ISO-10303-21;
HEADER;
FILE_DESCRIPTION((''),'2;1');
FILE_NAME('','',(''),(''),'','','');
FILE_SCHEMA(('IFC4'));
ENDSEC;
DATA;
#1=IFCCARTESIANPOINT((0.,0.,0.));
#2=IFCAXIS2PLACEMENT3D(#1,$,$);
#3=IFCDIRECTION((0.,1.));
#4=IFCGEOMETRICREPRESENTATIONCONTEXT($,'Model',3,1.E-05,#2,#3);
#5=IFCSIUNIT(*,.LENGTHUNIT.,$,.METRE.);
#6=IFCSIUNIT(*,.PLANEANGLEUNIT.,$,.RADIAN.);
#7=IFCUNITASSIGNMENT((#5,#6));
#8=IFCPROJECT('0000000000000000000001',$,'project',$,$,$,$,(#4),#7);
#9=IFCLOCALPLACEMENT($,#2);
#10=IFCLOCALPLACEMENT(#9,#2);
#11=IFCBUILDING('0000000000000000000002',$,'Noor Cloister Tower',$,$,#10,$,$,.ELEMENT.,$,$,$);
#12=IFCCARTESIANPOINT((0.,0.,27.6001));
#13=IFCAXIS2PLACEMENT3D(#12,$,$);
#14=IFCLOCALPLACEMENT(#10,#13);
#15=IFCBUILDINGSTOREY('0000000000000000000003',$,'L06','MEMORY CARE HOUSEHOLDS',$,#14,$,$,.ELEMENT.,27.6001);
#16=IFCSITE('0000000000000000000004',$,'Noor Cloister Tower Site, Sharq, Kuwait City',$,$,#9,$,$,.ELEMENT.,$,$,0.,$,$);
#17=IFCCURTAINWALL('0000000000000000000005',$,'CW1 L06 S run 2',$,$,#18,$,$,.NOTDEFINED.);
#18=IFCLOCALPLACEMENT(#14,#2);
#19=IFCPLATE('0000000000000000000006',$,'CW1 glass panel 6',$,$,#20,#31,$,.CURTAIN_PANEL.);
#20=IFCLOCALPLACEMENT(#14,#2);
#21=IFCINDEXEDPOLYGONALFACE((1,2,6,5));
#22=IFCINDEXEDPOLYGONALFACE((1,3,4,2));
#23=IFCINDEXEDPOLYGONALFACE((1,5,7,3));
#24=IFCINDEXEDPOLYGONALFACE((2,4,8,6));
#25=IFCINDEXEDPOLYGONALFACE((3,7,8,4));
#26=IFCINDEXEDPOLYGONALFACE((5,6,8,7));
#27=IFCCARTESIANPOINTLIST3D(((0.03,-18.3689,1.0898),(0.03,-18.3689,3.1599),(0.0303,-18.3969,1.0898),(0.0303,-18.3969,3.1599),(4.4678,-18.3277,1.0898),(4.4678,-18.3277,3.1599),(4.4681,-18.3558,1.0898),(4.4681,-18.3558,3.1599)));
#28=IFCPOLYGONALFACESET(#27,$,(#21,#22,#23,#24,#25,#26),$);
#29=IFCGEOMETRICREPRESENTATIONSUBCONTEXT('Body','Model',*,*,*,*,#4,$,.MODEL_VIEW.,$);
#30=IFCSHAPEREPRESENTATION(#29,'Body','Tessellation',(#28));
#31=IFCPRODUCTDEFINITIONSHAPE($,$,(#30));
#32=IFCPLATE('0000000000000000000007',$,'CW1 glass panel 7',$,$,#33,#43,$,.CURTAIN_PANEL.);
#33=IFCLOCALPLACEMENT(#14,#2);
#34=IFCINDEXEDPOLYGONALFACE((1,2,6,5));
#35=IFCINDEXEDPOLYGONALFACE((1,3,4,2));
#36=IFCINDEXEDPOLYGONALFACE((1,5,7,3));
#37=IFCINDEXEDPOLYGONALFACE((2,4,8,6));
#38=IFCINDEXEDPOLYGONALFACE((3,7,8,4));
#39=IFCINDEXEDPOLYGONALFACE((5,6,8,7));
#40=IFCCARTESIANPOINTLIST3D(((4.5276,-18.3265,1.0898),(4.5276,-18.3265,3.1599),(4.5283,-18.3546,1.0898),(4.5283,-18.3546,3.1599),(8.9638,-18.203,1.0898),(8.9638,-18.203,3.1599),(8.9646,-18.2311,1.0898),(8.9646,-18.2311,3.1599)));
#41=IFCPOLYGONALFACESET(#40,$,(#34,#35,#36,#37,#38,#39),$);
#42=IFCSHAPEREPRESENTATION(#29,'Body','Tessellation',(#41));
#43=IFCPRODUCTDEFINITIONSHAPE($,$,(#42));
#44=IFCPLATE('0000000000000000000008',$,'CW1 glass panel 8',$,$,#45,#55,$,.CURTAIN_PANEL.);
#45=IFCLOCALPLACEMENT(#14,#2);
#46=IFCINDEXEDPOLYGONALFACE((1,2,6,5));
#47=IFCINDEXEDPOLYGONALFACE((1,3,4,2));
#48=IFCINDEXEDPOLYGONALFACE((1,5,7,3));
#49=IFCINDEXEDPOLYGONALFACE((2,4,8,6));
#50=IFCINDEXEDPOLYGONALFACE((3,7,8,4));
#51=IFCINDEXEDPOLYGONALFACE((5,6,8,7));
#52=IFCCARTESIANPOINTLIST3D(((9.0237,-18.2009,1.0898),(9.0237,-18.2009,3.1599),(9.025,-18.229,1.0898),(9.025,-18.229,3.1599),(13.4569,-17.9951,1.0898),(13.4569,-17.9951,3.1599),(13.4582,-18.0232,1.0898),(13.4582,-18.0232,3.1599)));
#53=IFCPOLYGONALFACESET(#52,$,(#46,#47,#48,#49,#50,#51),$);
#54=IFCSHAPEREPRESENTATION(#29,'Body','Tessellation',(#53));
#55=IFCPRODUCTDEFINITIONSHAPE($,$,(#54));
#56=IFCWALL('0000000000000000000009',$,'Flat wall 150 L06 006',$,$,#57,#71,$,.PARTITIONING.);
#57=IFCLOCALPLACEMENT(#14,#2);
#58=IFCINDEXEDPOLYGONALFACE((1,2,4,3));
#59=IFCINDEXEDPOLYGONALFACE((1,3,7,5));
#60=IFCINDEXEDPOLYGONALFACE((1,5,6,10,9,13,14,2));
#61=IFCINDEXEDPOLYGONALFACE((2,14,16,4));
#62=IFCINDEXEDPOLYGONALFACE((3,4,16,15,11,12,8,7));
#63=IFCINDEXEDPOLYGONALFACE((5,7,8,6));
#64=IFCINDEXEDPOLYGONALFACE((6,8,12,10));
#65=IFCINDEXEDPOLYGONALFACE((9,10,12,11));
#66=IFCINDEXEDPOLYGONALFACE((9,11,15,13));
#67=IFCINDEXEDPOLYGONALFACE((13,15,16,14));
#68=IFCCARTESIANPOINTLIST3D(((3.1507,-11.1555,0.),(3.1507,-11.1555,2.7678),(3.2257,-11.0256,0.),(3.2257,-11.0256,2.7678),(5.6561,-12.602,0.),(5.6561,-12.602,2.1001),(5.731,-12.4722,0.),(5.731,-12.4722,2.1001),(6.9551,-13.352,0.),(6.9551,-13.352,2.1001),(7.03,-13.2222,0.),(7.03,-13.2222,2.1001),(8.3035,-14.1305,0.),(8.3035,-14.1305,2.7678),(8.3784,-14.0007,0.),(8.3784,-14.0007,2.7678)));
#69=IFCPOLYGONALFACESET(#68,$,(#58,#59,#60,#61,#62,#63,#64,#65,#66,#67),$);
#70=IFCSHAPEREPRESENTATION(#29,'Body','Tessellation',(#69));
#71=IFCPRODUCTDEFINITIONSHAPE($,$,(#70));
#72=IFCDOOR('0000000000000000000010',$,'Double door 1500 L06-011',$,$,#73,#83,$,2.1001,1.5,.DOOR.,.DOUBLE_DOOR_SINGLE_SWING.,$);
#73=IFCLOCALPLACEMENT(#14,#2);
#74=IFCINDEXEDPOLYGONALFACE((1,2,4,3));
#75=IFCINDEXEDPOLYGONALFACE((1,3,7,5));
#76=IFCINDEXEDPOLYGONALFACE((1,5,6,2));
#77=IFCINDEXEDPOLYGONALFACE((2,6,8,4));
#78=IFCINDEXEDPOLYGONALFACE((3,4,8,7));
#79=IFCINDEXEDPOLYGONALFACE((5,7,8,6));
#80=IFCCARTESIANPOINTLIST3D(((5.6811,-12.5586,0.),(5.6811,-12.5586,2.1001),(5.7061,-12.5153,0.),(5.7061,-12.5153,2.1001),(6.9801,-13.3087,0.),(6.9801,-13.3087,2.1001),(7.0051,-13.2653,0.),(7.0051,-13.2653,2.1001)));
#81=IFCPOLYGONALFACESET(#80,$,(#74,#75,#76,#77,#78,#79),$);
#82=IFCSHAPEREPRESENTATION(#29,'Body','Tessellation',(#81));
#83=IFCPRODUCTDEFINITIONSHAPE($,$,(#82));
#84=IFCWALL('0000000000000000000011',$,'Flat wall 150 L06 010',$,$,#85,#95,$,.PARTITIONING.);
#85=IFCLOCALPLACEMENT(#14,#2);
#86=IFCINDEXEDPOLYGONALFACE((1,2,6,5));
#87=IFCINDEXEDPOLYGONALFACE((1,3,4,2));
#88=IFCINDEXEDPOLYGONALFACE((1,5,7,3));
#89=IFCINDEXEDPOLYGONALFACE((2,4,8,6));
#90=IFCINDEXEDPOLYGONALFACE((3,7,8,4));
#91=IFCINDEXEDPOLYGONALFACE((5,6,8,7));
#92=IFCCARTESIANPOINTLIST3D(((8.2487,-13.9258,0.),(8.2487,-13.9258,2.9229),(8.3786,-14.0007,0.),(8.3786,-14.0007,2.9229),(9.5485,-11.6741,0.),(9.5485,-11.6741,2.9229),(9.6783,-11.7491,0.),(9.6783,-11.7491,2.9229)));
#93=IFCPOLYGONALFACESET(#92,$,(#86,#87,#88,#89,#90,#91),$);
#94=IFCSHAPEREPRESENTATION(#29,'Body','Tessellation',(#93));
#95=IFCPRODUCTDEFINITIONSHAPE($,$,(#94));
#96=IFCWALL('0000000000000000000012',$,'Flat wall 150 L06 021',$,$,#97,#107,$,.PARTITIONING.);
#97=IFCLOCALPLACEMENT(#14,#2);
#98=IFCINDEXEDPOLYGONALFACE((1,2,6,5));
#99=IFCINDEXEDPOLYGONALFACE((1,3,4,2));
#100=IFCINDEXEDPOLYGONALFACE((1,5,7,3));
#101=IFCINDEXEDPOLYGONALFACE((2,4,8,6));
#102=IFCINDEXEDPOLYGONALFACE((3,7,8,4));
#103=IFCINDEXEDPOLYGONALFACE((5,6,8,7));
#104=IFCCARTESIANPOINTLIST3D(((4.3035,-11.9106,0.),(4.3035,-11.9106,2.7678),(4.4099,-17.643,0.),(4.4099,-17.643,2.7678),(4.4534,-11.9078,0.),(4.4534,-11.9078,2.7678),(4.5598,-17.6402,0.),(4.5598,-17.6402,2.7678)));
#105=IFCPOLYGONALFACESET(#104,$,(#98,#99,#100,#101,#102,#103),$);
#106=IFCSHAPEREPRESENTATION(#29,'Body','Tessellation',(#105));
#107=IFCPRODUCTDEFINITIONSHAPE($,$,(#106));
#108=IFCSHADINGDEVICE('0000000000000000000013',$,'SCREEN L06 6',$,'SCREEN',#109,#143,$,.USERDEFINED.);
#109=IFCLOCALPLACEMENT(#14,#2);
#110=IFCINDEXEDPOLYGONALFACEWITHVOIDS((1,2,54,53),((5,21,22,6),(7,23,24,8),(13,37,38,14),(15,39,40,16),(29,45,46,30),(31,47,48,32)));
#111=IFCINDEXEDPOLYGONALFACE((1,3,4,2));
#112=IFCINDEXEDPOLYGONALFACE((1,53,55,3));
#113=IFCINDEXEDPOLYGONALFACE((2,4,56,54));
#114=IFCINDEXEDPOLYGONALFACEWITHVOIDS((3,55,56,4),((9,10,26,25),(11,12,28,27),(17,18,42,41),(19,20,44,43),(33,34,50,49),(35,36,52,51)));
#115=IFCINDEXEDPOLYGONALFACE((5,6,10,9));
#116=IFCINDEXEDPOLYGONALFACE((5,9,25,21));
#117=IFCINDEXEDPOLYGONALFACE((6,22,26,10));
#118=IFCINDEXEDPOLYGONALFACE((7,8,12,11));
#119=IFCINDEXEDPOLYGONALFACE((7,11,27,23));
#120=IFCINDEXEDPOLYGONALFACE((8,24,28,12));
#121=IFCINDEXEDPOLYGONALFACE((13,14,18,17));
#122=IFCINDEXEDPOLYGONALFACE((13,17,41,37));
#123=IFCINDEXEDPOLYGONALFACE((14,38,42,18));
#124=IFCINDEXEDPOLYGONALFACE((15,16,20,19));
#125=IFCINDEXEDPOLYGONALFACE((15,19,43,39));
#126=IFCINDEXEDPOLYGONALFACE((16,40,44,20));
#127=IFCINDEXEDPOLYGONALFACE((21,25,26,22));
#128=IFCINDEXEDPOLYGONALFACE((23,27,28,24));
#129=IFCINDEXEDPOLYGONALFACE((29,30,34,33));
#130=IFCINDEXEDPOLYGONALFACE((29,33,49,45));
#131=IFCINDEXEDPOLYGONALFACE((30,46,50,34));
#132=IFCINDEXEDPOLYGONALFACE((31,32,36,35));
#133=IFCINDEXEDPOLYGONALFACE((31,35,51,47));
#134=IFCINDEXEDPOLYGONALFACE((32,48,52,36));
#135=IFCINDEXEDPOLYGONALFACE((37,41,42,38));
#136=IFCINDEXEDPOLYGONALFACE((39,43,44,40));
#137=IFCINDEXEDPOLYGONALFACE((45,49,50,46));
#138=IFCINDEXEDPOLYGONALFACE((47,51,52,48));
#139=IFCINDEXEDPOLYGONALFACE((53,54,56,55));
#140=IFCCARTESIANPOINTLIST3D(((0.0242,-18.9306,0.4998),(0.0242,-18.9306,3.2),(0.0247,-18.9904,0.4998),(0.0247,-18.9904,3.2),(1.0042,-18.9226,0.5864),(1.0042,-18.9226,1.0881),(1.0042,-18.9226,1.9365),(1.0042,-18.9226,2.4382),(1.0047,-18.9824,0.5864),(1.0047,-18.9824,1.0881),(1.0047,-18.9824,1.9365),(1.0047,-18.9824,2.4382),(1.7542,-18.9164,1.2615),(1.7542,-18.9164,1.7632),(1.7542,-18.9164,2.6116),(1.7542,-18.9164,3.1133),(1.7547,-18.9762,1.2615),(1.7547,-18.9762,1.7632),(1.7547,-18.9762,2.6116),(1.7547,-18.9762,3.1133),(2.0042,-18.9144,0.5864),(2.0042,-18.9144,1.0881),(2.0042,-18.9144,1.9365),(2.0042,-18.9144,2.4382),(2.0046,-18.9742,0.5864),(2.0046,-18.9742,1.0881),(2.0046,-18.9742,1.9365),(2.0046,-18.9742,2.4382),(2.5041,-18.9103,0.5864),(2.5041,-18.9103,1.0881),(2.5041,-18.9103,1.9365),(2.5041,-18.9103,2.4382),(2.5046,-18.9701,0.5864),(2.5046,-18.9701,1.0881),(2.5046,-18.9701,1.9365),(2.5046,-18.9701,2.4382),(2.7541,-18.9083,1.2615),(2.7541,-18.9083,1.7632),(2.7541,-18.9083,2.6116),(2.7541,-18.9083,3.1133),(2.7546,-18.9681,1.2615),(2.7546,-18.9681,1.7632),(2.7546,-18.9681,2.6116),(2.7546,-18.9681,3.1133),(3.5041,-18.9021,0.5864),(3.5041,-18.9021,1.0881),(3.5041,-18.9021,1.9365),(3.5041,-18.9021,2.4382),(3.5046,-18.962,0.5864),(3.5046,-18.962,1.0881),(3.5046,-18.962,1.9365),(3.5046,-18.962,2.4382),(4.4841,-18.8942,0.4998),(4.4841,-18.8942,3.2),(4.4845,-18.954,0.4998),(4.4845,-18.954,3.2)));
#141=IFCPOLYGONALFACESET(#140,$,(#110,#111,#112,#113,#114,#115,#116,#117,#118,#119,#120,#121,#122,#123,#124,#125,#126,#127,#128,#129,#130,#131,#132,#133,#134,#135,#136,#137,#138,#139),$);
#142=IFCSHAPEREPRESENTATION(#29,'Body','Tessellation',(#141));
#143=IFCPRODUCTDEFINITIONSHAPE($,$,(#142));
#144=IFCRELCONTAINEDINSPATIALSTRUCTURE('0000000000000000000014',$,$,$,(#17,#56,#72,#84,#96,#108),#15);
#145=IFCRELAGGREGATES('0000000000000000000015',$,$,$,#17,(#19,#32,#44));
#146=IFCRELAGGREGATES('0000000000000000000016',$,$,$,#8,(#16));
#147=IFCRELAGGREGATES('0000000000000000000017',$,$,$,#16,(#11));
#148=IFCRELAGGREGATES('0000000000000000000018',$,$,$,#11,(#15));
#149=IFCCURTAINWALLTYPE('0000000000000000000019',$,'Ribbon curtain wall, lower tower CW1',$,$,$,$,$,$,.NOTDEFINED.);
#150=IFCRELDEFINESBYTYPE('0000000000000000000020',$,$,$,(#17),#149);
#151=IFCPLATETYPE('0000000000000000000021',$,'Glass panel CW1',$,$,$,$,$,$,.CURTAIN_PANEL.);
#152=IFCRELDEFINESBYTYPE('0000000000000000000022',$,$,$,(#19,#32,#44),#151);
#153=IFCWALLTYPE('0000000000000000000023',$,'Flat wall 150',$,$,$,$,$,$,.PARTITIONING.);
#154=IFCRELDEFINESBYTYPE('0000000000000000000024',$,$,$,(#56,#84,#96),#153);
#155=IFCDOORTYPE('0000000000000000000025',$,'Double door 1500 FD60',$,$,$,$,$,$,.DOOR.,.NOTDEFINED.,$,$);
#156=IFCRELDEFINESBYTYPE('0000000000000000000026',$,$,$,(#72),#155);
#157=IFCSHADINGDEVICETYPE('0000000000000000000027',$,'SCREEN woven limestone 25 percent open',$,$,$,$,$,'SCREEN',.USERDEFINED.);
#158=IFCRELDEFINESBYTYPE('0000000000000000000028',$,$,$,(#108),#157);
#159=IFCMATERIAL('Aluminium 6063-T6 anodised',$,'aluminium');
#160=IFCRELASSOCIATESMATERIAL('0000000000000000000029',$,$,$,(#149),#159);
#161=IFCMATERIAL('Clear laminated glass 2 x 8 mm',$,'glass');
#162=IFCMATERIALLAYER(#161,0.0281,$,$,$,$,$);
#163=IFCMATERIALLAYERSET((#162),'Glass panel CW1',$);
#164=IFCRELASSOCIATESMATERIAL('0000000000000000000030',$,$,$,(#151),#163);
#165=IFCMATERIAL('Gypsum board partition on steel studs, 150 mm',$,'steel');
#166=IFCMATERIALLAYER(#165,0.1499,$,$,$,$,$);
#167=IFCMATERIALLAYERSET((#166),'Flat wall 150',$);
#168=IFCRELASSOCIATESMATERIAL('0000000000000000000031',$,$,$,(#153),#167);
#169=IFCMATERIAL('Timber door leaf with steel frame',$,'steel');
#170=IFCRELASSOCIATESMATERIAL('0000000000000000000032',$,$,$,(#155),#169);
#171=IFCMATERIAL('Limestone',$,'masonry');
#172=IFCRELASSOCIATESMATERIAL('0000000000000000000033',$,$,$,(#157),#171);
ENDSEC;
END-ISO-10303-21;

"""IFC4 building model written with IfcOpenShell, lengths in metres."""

from ifc_helpers import new_model, si_unit, direction, frame, frame_2d, origin, origin_2d, place, context, subcontext, project, spatial, polyline, rectangle, outline, extrude, material, layer, layer_set, material_profile, profile_set, type_object, element, fill, aggregate, save


model = new_model("IFC4")

# Units and contexts
model_context = context("Model", 3, precision=1e-05, world=origin(), true_north=direction((0.0, 1.0)))
body_context = subcontext(model_context, "Body", "Model", "MODEL_VIEW")
ifc_project = project(units=[si_unit("LENGTHUNIT", "METRE"), si_unit("PLANEANGLEUNIT", "RADIAN")], contexts=[model_context])

# Site, building, storey
site_placement = place(None, origin())
site = spatial("IfcSite", under=ifc_project, at=site_placement, Name="Noor Cloister Tower Site, Sharq, Kuwait City", CompositionType="ELEMENT", RefElevation=0.0)
building_placement = place(site_placement, origin())
building = spatial("IfcBuilding", under=site, at=building_placement, Name="Noor Cloister Tower", CompositionType="ELEMENT")
storey_placement = place(building_placement, frame((0.0, 0.0, 27.6001)))
storey = spatial("IfcBuildingStorey", under=building, at=storey_placement, Name="L06", Description="MEMORY CARE HOUSEHOLDS", CompositionType="ELEMENT", Elevation=27.6001)

# Curtain wall
ifc_material_1 = material(Name="Aluminium 6063-T6 anodised", Category="aluminium")
curtain_wall_type = type_object("IfcCurtainWallType", Name="Ribbon curtain wall, lower tower CW1", PredefinedType="NOTDEFINED", material=ifc_material_1)
curtain_wall_placement = place(storey_placement, origin())
curtain_wall = element("IfcCurtainWall", 1, at=curtain_wall_placement, inside=storey, type_object=curtain_wall_type, Name="CW1 L06 S run 2", PredefinedType="NOTDEFINED")

# Plates
ifc_material_2 = material(Name="Clear laminated glass 2 x 8 mm", Category="glass")
ifc_layer_1 = layer(ifc_material_2, 0.0281)
ifc_layer_set_1 = layer_set([ifc_layer_1], Name="Glass panel CW1")
plate_type = type_object("IfcPlateType", Name="Glass panel CW1", PredefinedType="CURTAIN_PANEL", material=ifc_layer_set_1)
plate_1_placement = place(storey_placement, frame((2.249, -18.3623, 1.0898), z_axis=(0.0, 0.0, 1.0), x_axis=(0.999957, 0.009277, 0.0)))
plate_1 = element("IfcPlate", 2, at=plate_1_placement, type_object=plate_type, Name="CW1 glass panel 6", PredefinedType="CURTAIN_PANEL", context=body_context, shape_type="SweptSolid", body=[
    extrude(rectangle(XDim=4.438, YDim=0.0281, at=origin_2d()), origin(), (0.0, 0.0, 1.0), 2.0701),
])
plate_2_placement = place(storey_placement, frame((6.7461, -18.2788, 1.0898), z_axis=(0.0, 0.0, 1.0), x_axis=(0.999613, 0.027827, 0.0)))
plate_2 = element("IfcPlate", 3, at=plate_2_placement, type_object=plate_type, Name="CW1 glass panel 7", PredefinedType="CURTAIN_PANEL", context=body_context, shape_type="SweptSolid", body=[
    extrude(rectangle(XDim=4.438, YDim=0.0281, at=origin_2d()), origin(), (0.0, 0.0, 1.0), 2.0701),
])
plate_3_placement = place(storey_placement, frame((11.241, -18.1121, 1.0898), z_axis=(0.0, 0.0, 1.0), x_axis=(0.998924, 0.046368, 0.0)))
plate_3 = element("IfcPlate", 4, at=plate_3_placement, type_object=plate_type, Name="CW1 glass panel 8", PredefinedType="CURTAIN_PANEL", context=body_context, shape_type="SweptSolid", body=[
    extrude(rectangle(XDim=4.438, YDim=0.0281, at=origin_2d()), origin(), (0.0, 0.0, 1.0), 2.0701),
])
aggregate(curtain_wall, [plate_1, plate_2, plate_3])

# Wall, opening, door
ifc_material_3 = material(Name="Gypsum board partition on steel studs, 150 mm", Category="steel")
ifc_layer_2 = layer(ifc_material_3, 0.1499)
ifc_layer_set_2 = layer_set([ifc_layer_2], Name="Flat wall 150")
wall_type = type_object("IfcWallType", Name="Flat wall 150", PredefinedType="PARTITIONING", material=ifc_layer_set_2)
wall_1_placement = place(storey_placement, frame((8.3411, -14.0657, 0.0), z_axis=(0.0, 0.0, 1.0), x_axis=(-0.866017, 0.500014, 0.0)))
wall_1 = element("IfcWall", 5, at=wall_1_placement, inside=storey, type_object=wall_type, Name="Flat wall 150 L06 006", PredefinedType="PARTITIONING", context=body_context, shape_type="SweptSolid", body=[
    extrude(rectangle(XDim=5.95, YDim=0.1499, at=frame_2d((2.9751, 0.0))), origin(), (0.0, 0.0, 1.0), 2.7678),
])
opening_placement = place(wall_1_placement, frame((1.5571, 0.0, 0.0)))
opening = element("IfcOpeningElement", 6, at=opening_placement, cuts=wall_1, PredefinedType="OPENING", context=body_context, shape_type="SweptSolid", body=[
    extrude(rectangle(XDim=1.5, YDim=2.1001, at=frame_2d((0.75, 1.05))), frame((0.0, 0.085, 0.0), z_axis=(0.0, -1.0, 0.0), x_axis=(1.0, 0.0, 0.0)), (0.0, 0.0, 1.0), 0.1699),
])
ifc_material_4 = material(Name="Timber door leaf with steel frame", Category="steel")
door_type = type_object("IfcDoorType", Name="Double door 1500 FD60", OperationType="NOTDEFINED", PredefinedType="DOOR", material=ifc_material_4)
door_placement = place(opening_placement, origin())
door = element("IfcDoor", 7, at=door_placement, inside=storey, type_object=door_type, Name="Double door 1500 L06-011", OperationType="DOUBLE_DOOR_SINGLE_SWING", OverallHeight=2.1001, OverallWidth=1.5, PredefinedType="DOOR", context=body_context, shape_type="SweptSolid", body=[
    extrude(rectangle(XDim=1.5, YDim=2.1001, at=frame_2d((0.75, 1.05))), frame((0.0, 0.0249, 0.0), z_axis=(0.0, -1.0, 0.0), x_axis=(1.0, 0.0, 0.0)), (0.0, 0.0, 1.0), 0.05),
])
fill(opening, door)

# Walls
wall_2_placement = place(storey_placement, frame((8.3137, -13.9631, 0.0), z_axis=(0.0, 0.0, 1.0), x_axis=(0.499937, 0.866062, 0.0)))
element("IfcWall", 8, at=wall_2_placement, inside=storey, type_object=wall_type, Name="Flat wall 150 L06 010", PredefinedType="PARTITIONING", context=body_context, shape_type="SweptSolid", body=[
    extrude(rectangle(XDim=2.5999, YDim=0.1499, at=frame_2d((1.2998, 0.0))), origin(), (0.0, 0.0, 1.0), 2.9229),
])
wall_3_placement = place(storey_placement, frame((4.4849, -17.6416, 0.0), z_axis=(0.0, 0.0, 1.0), x_axis=(-0.018566, 0.999828, 0.0)))
element("IfcWall", 9, at=wall_3_placement, inside=storey, type_object=wall_type, Name="Flat wall 150 L06 021", PredefinedType="PARTITIONING", context=body_context, shape_type="SweptSolid", body=[
    extrude(rectangle(XDim=5.7334, YDim=0.1499, at=frame_2d((2.8667, 0.0))), origin(), (0.0, 0.0, 1.0), 2.7678),
])

# Shading device
ifc_material_5 = material(Name="Limestone", Category="masonry")
ifc_material_profile_1 = material_profile(ifc_material_5, outline(polyline([(-2.23, -1.3501), (2.23, -1.3501), (2.23, 1.3501), (-2.23, 1.3501), (-2.23, -1.3501)]), holes=[polyline([(-1.25, -1.2634), (-0.25, -1.2634), (-0.25, -0.7617), (-1.25, -0.7617), (-1.25, -1.2634)]), polyline([(0.25, -1.2634), (1.25, -1.2634), (1.25, -0.7617), (0.25, -0.7617), (0.25, -1.2634)]), polyline([(-0.5, -0.5884), (0.5, -0.5884), (0.5, -0.0867), (-0.5, -0.0867), (-0.5, -0.5884)]), polyline([(-1.25, 0.0867), (-0.25, 0.0867), (-0.25, 0.5884), (-1.25, 0.5884), (-1.25, 0.0867)]), polyline([(0.25, 0.0867), (1.25, 0.0867), (1.25, 0.5884), (0.25, 0.5884), (0.25, 0.0867)]), polyline([(-0.5, 0.7617), (0.5, 0.7617), (0.5, 1.2634), (-0.5, 1.2634), (-0.5, 0.7617)])]), Name="Woven screen 25 percent open")
ifc_profile_set_1 = profile_set([ifc_material_profile_1], Name="Limestone")
shading_device_type = type_object("IfcShadingDeviceType", Name="SCREEN woven limestone 25 percent open", ElementType="SCREEN", PredefinedType="USERDEFINED", material=ifc_profile_set_1)
shading_device_placement = place(storey_placement, frame((2.2542, -18.9124, 1.8499), z_axis=(0.008163, -0.999967, 0.0), x_axis=(0.999967, 0.008163, 0.0)))
element("IfcShadingDevice", 10, at=shading_device_placement, inside=storey, type_object=shading_device_type, Name="SCREEN L06 6", ObjectType="SCREEN", PredefinedType="USERDEFINED", context=body_context, shape_type="SweptSolid", body=[
    extrude(outline(polyline([(-2.23, -1.3501), (2.23, -1.3501), (2.23, 1.3501), (-2.23, 1.3501), (-2.23, -1.3501)]), holes=[polyline([(-1.25, -1.2634), (-0.25, -1.2634), (-0.25, -0.7617), (-1.25, -0.7617), (-1.25, -1.2634)]), polyline([(0.25, -1.2634), (1.25, -1.2634), (1.25, -0.7617), (0.25, -0.7617), (0.25, -1.2634)]), polyline([(-0.5, -0.5884), (0.5, -0.5884), (0.5, -0.0867), (-0.5, -0.0867), (-0.5, -0.5884)]), polyline([(-1.25, 0.0867), (-0.25, 0.0867), (-0.25, 0.5884), (-1.25, 0.5884), (-1.25, 0.0867)]), polyline([(0.25, 0.0867), (1.25, 0.0867), (1.25, 0.5884), (0.25, 0.5884), (0.25, 0.0867)]), polyline([(-0.5, 0.7617), (0.5, 0.7617), (0.5, 1.2634), (-0.5, 1.2634), (-0.5, 0.7617)])]), origin(), (0.0, 0.0, 1.0), 0.0598),
])

save(model, "model.ifc")
